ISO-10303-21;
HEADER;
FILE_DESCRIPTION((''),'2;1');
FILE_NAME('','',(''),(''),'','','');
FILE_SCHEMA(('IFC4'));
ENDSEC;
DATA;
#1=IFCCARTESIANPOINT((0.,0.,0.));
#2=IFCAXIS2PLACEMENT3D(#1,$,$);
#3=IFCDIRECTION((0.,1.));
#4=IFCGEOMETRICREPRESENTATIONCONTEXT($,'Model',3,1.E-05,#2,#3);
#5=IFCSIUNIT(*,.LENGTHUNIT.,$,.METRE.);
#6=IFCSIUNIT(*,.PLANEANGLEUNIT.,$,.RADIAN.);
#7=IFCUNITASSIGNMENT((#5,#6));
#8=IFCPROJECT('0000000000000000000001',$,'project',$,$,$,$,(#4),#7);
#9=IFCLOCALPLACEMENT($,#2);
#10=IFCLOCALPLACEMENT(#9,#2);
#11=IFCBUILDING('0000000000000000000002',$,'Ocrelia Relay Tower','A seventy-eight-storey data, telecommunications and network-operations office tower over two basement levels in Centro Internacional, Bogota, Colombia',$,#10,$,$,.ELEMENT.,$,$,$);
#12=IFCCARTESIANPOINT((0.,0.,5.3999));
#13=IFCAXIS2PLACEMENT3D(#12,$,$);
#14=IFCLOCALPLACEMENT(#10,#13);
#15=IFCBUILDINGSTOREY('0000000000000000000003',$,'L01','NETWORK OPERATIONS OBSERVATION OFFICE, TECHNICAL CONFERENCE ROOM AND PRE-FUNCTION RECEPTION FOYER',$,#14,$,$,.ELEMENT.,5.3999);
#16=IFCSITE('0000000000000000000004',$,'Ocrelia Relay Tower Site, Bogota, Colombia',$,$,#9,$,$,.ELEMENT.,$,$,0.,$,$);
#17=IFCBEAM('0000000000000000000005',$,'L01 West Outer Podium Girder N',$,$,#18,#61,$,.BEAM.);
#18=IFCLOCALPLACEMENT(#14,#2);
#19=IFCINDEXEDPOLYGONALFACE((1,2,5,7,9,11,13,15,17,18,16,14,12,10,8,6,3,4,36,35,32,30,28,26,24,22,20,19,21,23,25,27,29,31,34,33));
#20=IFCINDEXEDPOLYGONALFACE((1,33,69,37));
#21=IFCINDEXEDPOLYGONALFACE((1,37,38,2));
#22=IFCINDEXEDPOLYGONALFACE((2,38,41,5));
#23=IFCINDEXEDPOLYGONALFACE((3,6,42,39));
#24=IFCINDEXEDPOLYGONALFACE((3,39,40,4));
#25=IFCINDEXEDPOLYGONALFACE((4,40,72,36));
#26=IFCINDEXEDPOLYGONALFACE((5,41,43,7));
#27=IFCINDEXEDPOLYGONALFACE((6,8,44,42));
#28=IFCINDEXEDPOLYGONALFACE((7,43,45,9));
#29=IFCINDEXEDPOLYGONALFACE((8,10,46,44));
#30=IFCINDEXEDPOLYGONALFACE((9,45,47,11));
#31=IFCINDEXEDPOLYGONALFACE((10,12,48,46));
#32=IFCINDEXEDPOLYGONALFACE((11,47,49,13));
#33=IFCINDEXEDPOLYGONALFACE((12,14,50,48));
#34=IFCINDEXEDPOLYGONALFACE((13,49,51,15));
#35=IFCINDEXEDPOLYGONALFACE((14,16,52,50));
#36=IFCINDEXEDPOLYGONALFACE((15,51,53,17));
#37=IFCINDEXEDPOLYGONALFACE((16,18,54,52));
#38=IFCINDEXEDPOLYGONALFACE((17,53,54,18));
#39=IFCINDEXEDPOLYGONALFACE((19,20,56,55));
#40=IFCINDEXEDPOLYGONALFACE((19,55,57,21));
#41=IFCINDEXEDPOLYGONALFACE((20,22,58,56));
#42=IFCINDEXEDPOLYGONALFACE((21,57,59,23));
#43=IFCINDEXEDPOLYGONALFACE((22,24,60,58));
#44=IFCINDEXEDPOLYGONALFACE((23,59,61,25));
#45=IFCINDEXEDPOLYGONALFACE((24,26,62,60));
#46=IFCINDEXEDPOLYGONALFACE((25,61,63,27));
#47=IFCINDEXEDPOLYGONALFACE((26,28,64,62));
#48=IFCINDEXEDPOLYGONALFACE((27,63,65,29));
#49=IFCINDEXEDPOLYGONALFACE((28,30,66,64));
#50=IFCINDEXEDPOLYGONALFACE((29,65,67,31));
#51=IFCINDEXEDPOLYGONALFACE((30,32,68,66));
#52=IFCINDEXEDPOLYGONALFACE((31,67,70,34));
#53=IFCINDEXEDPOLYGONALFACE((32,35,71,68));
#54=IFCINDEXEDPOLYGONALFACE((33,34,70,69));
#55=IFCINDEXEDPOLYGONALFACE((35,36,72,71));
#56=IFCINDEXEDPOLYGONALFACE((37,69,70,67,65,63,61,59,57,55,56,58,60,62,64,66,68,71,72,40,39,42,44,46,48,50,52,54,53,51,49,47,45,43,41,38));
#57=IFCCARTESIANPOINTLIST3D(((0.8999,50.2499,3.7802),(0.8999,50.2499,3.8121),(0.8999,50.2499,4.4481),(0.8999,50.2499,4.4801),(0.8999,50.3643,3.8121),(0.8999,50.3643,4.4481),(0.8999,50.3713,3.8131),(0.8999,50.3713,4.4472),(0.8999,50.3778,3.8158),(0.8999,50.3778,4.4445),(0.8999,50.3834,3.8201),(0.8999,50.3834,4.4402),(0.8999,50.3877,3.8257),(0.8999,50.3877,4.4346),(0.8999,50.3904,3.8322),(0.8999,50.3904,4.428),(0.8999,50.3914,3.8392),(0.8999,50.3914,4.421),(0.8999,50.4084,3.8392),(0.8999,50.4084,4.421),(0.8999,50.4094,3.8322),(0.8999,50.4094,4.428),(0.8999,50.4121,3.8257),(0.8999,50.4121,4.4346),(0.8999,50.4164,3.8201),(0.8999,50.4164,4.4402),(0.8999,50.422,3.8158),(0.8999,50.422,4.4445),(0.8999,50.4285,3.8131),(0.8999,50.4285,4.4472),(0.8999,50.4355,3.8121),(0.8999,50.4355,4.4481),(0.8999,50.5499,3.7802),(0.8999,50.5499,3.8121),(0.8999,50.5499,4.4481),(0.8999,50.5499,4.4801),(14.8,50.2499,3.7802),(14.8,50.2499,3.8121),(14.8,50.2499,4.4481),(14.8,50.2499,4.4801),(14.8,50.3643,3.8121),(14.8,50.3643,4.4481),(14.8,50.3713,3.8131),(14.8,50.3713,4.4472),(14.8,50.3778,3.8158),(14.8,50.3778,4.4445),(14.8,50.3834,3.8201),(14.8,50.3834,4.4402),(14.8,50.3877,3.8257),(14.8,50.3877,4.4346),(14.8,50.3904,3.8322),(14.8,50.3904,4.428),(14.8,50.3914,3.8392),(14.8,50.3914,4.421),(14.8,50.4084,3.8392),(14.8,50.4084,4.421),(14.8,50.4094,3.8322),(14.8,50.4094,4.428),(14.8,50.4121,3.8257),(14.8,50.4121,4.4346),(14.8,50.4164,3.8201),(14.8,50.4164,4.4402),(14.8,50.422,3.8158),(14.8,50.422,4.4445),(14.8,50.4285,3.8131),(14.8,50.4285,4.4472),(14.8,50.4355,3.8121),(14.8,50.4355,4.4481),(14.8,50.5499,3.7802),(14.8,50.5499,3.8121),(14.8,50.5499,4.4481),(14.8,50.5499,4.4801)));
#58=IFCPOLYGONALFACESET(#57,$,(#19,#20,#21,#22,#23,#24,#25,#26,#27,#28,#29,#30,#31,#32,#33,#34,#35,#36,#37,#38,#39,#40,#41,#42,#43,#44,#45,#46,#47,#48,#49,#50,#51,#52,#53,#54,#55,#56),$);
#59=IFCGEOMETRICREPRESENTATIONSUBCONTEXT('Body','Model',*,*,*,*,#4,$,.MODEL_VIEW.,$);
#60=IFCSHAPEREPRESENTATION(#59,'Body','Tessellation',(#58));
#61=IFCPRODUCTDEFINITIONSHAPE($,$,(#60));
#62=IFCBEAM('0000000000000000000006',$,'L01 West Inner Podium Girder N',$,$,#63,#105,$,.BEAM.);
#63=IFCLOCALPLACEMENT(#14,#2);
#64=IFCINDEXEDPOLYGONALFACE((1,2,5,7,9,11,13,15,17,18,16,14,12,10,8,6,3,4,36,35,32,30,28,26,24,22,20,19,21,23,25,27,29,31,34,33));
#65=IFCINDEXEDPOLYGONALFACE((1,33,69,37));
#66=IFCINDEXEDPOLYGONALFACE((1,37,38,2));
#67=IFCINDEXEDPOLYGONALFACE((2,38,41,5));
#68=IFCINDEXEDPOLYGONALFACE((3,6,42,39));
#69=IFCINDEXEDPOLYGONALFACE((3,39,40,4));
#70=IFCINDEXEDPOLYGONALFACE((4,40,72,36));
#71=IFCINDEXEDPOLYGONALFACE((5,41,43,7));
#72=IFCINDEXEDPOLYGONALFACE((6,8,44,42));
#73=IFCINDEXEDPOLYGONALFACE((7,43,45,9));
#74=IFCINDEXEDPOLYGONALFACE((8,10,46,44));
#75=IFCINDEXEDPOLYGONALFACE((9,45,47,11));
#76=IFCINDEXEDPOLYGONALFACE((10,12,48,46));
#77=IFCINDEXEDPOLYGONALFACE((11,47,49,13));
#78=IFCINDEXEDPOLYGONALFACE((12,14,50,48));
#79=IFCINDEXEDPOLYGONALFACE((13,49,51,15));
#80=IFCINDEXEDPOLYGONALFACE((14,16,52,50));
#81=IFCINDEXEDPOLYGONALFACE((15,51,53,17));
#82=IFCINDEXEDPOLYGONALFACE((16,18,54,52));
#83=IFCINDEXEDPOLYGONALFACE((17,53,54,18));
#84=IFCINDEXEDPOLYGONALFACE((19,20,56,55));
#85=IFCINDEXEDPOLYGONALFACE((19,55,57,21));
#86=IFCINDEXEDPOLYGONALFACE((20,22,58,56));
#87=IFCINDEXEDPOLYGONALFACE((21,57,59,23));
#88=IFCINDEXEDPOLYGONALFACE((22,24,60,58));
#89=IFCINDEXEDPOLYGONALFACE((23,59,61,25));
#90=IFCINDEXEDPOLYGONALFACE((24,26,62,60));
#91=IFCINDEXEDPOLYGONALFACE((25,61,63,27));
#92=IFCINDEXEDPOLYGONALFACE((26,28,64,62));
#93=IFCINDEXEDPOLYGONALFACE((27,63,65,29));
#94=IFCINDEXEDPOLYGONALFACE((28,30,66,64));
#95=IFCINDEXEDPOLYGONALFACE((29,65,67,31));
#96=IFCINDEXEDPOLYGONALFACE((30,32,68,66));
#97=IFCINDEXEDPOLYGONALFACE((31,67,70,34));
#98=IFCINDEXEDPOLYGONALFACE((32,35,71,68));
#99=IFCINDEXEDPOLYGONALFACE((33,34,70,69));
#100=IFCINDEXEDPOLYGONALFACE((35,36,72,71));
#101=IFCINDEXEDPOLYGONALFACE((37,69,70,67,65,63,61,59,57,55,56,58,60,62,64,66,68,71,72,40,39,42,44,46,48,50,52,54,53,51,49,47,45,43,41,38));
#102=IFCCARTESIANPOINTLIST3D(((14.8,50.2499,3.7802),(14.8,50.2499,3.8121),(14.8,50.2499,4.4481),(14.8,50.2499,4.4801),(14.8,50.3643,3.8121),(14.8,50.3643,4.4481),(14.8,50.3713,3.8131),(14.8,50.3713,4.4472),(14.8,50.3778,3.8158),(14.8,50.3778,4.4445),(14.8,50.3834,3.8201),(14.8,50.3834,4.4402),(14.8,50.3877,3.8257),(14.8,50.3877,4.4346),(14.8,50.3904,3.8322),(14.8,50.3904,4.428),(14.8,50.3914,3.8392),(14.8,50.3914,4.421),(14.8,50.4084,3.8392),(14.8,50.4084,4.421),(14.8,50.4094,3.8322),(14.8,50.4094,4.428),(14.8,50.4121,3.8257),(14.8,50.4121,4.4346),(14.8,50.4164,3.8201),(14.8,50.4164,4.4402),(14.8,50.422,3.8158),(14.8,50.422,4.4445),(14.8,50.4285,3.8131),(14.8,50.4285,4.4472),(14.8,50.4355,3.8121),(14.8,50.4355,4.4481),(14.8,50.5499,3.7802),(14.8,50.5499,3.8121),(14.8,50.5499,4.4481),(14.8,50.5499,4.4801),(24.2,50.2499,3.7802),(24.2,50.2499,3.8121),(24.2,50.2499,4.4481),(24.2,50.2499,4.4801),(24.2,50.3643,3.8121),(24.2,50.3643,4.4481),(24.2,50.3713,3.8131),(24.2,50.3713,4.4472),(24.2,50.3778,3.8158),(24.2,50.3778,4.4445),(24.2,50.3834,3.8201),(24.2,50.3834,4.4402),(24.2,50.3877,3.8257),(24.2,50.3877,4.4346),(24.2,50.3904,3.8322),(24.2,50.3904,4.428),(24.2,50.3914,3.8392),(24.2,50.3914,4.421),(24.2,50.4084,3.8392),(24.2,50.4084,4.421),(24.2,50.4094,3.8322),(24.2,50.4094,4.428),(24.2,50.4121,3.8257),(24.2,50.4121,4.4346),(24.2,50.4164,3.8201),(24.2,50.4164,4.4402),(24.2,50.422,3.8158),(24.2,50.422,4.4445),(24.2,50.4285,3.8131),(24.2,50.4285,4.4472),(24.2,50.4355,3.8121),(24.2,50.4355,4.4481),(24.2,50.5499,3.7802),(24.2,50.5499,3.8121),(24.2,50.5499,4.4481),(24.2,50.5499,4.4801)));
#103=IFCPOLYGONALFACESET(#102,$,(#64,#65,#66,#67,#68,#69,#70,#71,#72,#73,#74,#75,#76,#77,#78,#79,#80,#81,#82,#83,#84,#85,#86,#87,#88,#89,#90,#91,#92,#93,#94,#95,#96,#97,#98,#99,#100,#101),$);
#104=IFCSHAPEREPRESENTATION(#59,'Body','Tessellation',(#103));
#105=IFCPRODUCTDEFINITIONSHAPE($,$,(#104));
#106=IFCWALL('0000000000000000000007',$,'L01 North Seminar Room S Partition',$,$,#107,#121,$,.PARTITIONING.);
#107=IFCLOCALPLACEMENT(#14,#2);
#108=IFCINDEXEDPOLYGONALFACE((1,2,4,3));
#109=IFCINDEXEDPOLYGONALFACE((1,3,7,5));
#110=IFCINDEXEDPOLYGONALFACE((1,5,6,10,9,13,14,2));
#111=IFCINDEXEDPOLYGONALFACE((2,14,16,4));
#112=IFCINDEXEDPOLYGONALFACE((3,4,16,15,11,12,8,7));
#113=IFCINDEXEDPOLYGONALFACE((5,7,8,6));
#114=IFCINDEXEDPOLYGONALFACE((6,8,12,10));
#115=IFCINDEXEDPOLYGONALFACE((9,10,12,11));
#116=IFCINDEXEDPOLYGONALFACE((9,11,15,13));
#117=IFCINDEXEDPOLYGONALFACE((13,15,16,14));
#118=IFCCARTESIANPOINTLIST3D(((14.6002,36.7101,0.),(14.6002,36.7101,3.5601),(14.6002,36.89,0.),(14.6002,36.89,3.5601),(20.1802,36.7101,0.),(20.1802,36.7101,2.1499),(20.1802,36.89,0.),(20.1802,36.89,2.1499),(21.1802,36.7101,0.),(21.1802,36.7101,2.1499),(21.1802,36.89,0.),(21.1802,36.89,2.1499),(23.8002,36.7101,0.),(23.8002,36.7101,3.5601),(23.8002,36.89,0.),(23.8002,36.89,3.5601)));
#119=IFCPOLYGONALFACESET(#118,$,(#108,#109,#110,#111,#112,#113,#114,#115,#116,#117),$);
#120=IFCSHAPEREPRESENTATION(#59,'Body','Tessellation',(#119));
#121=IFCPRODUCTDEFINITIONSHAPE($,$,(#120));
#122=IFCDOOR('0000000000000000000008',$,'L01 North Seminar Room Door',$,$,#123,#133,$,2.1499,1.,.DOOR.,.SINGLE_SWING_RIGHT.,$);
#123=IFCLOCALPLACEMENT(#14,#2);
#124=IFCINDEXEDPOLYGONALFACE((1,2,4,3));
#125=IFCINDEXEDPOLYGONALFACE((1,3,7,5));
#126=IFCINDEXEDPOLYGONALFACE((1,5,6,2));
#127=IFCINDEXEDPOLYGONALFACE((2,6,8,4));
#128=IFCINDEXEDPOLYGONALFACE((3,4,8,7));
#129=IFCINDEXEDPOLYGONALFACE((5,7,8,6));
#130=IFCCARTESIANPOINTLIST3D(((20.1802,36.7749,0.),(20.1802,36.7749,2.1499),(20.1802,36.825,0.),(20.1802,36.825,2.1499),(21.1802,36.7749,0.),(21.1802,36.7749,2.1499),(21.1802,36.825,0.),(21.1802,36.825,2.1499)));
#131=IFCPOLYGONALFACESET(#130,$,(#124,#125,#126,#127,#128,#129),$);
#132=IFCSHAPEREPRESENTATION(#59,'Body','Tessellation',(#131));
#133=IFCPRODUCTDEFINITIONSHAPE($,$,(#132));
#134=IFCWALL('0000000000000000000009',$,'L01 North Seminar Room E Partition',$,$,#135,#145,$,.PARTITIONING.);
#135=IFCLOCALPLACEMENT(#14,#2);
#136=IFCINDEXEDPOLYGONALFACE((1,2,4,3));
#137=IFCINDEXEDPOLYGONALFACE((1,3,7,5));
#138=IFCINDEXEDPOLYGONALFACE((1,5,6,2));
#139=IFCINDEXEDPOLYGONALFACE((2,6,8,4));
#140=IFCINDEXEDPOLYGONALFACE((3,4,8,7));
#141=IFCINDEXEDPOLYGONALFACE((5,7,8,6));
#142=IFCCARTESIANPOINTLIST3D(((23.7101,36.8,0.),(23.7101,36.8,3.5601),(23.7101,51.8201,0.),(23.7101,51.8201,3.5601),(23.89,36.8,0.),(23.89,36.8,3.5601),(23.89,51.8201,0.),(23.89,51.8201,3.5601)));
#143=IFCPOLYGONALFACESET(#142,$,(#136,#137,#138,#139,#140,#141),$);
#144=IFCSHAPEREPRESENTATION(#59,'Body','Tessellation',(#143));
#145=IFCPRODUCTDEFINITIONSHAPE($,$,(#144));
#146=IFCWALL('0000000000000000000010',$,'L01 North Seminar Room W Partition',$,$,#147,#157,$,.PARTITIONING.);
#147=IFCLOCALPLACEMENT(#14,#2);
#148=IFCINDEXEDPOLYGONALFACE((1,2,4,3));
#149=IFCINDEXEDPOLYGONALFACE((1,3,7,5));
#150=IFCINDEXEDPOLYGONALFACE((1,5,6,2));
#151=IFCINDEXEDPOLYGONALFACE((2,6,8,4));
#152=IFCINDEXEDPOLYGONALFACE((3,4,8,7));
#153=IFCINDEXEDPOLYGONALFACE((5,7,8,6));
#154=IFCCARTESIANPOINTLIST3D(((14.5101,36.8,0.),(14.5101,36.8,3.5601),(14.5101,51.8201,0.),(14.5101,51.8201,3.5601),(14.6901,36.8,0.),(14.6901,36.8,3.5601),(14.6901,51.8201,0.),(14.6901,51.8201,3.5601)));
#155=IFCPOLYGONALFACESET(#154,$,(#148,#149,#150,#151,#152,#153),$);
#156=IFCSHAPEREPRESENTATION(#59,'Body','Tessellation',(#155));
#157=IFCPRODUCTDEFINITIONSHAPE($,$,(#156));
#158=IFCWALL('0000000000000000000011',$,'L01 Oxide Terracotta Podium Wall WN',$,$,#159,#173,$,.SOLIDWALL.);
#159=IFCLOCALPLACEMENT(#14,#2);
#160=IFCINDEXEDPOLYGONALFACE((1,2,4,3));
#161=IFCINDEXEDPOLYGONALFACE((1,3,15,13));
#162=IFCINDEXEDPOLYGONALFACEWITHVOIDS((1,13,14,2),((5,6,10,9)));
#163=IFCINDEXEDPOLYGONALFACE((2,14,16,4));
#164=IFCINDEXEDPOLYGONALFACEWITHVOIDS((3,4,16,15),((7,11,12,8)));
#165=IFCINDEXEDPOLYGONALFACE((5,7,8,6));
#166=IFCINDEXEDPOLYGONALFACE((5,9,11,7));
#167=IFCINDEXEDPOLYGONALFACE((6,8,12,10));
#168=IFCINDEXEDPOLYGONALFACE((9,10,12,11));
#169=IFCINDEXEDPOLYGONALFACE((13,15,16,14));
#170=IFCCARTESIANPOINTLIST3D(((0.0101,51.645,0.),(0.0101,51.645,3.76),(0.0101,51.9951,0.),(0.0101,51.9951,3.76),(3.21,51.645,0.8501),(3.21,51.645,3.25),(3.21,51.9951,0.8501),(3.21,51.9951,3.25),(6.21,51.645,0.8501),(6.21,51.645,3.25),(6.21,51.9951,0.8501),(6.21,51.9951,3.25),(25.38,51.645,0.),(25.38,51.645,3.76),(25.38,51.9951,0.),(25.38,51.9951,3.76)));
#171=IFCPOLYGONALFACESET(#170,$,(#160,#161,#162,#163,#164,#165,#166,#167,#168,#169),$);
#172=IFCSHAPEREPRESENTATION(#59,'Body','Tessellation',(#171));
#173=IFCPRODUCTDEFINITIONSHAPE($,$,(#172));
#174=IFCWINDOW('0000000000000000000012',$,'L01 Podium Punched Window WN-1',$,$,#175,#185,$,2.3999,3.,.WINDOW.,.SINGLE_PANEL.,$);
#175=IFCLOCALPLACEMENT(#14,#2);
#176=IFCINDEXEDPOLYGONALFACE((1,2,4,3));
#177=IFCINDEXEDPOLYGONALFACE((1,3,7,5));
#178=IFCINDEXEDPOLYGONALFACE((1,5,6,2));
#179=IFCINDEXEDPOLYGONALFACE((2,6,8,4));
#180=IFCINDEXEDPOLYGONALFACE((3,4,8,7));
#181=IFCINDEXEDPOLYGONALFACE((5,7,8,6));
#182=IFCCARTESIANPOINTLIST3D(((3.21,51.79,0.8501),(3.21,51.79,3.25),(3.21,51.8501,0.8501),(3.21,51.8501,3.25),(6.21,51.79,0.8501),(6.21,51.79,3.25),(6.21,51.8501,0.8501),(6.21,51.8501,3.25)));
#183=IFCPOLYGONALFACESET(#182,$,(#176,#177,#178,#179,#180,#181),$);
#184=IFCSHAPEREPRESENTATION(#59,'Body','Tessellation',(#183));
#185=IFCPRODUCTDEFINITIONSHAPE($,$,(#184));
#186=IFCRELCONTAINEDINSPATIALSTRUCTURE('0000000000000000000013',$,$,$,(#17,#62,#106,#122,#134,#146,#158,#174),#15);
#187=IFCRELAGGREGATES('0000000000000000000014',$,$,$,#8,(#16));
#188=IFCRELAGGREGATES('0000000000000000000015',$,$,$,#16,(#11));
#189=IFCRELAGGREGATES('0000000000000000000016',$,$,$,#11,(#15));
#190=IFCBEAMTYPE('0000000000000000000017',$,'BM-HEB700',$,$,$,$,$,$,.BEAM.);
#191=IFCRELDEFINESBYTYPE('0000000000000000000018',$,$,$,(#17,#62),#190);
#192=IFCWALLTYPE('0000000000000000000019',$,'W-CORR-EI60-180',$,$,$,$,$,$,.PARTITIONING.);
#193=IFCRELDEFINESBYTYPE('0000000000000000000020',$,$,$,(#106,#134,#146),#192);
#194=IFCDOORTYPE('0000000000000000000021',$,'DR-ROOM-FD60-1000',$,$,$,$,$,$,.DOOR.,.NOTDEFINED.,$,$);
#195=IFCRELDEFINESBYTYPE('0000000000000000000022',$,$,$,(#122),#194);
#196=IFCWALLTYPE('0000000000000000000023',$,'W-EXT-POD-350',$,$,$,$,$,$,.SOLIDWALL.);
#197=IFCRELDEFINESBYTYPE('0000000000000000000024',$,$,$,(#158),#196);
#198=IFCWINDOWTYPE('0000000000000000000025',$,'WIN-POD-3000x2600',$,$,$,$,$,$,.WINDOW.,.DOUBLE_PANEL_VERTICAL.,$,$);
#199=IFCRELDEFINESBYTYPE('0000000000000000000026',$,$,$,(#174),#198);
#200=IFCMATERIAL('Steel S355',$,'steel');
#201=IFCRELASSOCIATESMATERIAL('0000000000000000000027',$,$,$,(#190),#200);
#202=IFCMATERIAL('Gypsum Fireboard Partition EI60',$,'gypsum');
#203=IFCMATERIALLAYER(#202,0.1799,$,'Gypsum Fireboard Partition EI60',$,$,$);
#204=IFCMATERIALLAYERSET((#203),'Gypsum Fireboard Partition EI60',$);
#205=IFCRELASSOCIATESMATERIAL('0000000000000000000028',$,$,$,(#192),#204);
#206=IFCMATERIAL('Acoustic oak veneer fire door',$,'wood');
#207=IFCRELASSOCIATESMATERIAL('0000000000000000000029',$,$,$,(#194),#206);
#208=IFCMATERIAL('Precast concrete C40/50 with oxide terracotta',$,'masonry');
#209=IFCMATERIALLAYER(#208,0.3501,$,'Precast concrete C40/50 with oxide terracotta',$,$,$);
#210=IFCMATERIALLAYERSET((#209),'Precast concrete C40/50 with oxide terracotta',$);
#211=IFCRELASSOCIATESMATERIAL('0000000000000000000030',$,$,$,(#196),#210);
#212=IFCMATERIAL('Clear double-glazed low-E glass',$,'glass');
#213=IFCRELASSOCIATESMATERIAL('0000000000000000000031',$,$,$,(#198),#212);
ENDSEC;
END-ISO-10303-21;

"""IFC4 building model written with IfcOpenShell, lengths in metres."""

from ifc_helpers import new_model, si_unit, direction, frame, frame_2d, origin, origin_2d, place, context, subcontext, project, spatial, rectangle, i_section, extrude, material, layer, layer_set, material_profile, profile_set, type_object, element, fill, save


model = new_model("IFC4")

# Units and contexts
model_context = context("Model", 3, precision=1e-05, world=origin(), true_north=direction((0.0, 1.0)))
body_context = subcontext(model_context, "Body", "Model", "MODEL_VIEW")
ifc_project = project(units=[si_unit("LENGTHUNIT", "METRE"), si_unit("PLANEANGLEUNIT", "RADIAN")], contexts=[model_context])

# Site, building, storey
site_placement = place(None, origin())
site = spatial("IfcSite", under=ifc_project, at=site_placement, Name="Ocrelia Relay Tower Site, Bogota, Colombia", CompositionType="ELEMENT", RefElevation=0.0)
building_placement = place(site_placement, origin())
building = spatial("IfcBuilding", under=site, at=building_placement, Name="Ocrelia Relay Tower", Description="A seventy-eight-storey data, telecommunications and network-operations office tower over two basement levels in Centro Internacional, Bogota, Colombia", CompositionType="ELEMENT")
storey_placement = place(building_placement, frame((0.0, 0.0, 5.3999)))
storey = spatial("IfcBuildingStorey", under=building, at=storey_placement, Name="L01", Description="NETWORK OPERATIONS OBSERVATION OFFICE, TECHNICAL CONFERENCE ROOM AND PRE-FUNCTION RECEPTION FOYER", CompositionType="ELEMENT", Elevation=5.3999)

# Beams
ifc_material_1 = material(Name="Steel S355", Category="steel")
ifc_material_profile_1 = material_profile(ifc_material_1, i_section(OverallWidth=0.3, OverallDepth=0.7, WebThickness=0.0171, FlangeThickness=0.032, FilletRadius=0.0271, at=origin_2d()), Name="HEB 700")
ifc_profile_set_1 = profile_set([ifc_material_profile_1], Name="Steel S355")
beam_type_1 = type_object("IfcBeamType", Name="BM-HEB700", PredefinedType="BEAM", material=ifc_profile_set_1)
beam_1_placement = place(storey_placement, frame((0.8999, 50.3999, 4.1301), z_axis=(1.0, 0.0, 0.0), x_axis=(0.0, 1.0, 0.0)))
element("IfcBeam", 1, at=beam_1_placement, inside=storey, type_object=beam_type_1, Name="L01 West Outer Podium Girder N", PredefinedType="BEAM", context=body_context, shape_type="SweptSolid", body=[
    extrude(i_section(OverallWidth=0.3, OverallDepth=0.7, WebThickness=0.0171, FlangeThickness=0.032, FilletRadius=0.0271, at=origin_2d()), origin(), (0.0, 0.0, 1.0), 13.9001),
])
beam_2_placement = place(storey_placement, frame((14.8, 50.3999, 4.1301), z_axis=(1.0, 0.0, 0.0), x_axis=(0.0, 1.0, 0.0)))
element("IfcBeam", 2, at=beam_2_placement, inside=storey, type_object=beam_type_1, Name="L01 West Inner Podium Girder N", PredefinedType="BEAM", context=body_context, shape_type="SweptSolid", body=[
    extrude(i_section(OverallWidth=0.3, OverallDepth=0.7, WebThickness=0.0171, FlangeThickness=0.032, FilletRadius=0.0271, at=origin_2d()), origin(), (0.0, 0.0, 1.0), 9.3999),
])

# Wall, opening, door
ifc_material_2 = material(Name="Gypsum Fireboard Partition EI60", Category="gypsum")
ifc_layer_1 = layer(ifc_material_2, 0.1799, Name="Gypsum Fireboard Partition EI60")
ifc_layer_set_1 = layer_set([ifc_layer_1], Name="Gypsum Fireboard Partition EI60")
wall_type_1 = type_object("IfcWallType", Name="W-CORR-EI60-180", PredefinedType="PARTITIONING", material=ifc_layer_set_1)
wall_1_placement = place(storey_placement, frame((14.6001, 36.8, 0.0), z_axis=(0.0, 0.0, 1.0), x_axis=(1.0, 0.0, 0.0)))
wall_1 = element("IfcWall", 3, at=wall_1_placement, inside=storey, type_object=wall_type_1, Name="L01 North Seminar Room S Partition", PredefinedType="PARTITIONING", context=body_context, shape_type="SweptSolid", body=[
    extrude(rectangle(XDim=9.2, YDim=0.1799, at=frame_2d((4.6001, 0.0))), origin(), (0.0, 0.0, 1.0), 3.5601),
])
opening_1_placement = place(wall_1_placement, frame((5.5801, 0.0, 0.0)))
opening_1 = element("IfcOpeningElement", 4, at=opening_1_placement, cuts=wall_1, PredefinedType="OPENING", context=body_context, shape_type="SweptSolid", body=[
    extrude(rectangle(XDim=1.0, YDim=2.1499, at=frame_2d((0.5, 1.075))), frame((0.0, 0.1001, 0.0), z_axis=(0.0, -1.0, 0.0), x_axis=(1.0, 0.0, 0.0)), (0.0, 0.0, 1.0), 0.2),
])
ifc_material_3 = material(Name="Acoustic oak veneer fire door", Category="wood")
door_type = type_object("IfcDoorType", Name="DR-ROOM-FD60-1000", OperationType="NOTDEFINED", PredefinedType="DOOR", material=ifc_material_3)
door_placement = place(opening_1_placement, origin())
door = element("IfcDoor", 5, at=door_placement, inside=storey, type_object=door_type, Name="L01 North Seminar Room Door", OperationType="SINGLE_SWING_RIGHT", OverallHeight=2.1499, OverallWidth=1.0, PredefinedType="DOOR", context=body_context, shape_type="SweptSolid", body=[
    extrude(rectangle(XDim=1.0, YDim=2.1499, at=frame_2d((0.5, 1.075))), frame((0.0, 0.0249, 0.0), z_axis=(0.0, -1.0, 0.0), x_axis=(1.0, 0.0, 0.0)), (0.0, 0.0, 1.0), 0.05),
])
fill(opening_1, door)

# Walls
for number, where, z_axis, x_axis, name in (
    (6, (23.8, 36.8, 0.0), (0.0, 0.0, 1.0), (0.0, 1.0, 0.0), "L01 North Seminar Room E Partition"),
    (7, (14.6001, 51.8201, 0.0), (0.0, 0.0, 1.0), (0.0, -1.0, 0.0), "L01 North Seminar Room W Partition"),
):
    element("IfcWall", number, at=place(storey_placement, frame(where, z_axis=z_axis, x_axis=x_axis)), inside=storey, type_object=wall_type_1, Name=name, PredefinedType="PARTITIONING", context=body_context, shape_type="SweptSolid", body=[
        extrude(rectangle(XDim=15.02, YDim=0.1799, at=frame_2d((7.51, 0.0))), origin(), (0.0, 0.0, 1.0), 3.5601),
    ])

# Wall, opening, window
ifc_material_4 = material(Name="Precast concrete C40/50 with oxide terracotta", Category="masonry")
ifc_layer_2 = layer(ifc_material_4, 0.3501, Name="Precast concrete C40/50 with oxide terracotta")
ifc_layer_set_2 = layer_set([ifc_layer_2], Name="Precast concrete C40/50 with oxide terracotta")
wall_type_2 = type_object("IfcWallType", Name="W-EXT-POD-350", PredefinedType="SOLIDWALL", material=ifc_layer_set_2)
wall_2_placement = place(storey_placement, frame((0.01, 51.8201, 0.0), z_axis=(0.0, 0.0, 1.0), x_axis=(1.0, 0.0, 0.0)))
wall_2 = element("IfcWall", 8, at=wall_2_placement, inside=storey, type_object=wall_type_2, Name="L01 Oxide Terracotta Podium Wall WN", PredefinedType="SOLIDWALL", context=body_context, shape_type="SweptSolid", body=[
    extrude(rectangle(XDim=25.3699, YDim=0.3501, at=frame_2d((12.6851, 0.0))), origin(), (0.0, 0.0, 1.0), 3.76),
])
opening_2_placement = place(wall_2_placement, frame((3.2, 0.0, 0.8501)))
opening_2 = element("IfcOpeningElement", 9, at=opening_2_placement, cuts=wall_2, PredefinedType="OPENING", context=body_context, shape_type="SweptSolid", body=[
    extrude(rectangle(XDim=3.0, YDim=2.3999, at=frame_2d((1.5, 1.2))), frame((0.0, 0.1851, 0.0), z_axis=(0.0, -1.0, 0.0), x_axis=(1.0, 0.0, 0.0)), (0.0, 0.0, 1.0), 0.3701),
])
ifc_material_5 = material(Name="Clear double-glazed low-E glass", Category="glass")
window_type = type_object("IfcWindowType", Name="WIN-POD-3000x2600", PartitioningType="DOUBLE_PANEL_VERTICAL", PredefinedType="WINDOW", material=ifc_material_5)
window_placement = place(opening_2_placement, origin())
window = element("IfcWindow", 10, at=window_placement, inside=storey, type_object=window_type, Name="L01 Podium Punched Window WN-1", OverallHeight=2.3999, OverallWidth=3.0, PartitioningType="SINGLE_PANEL", PredefinedType="WINDOW", context=body_context, shape_type="SweptSolid", body=[
    extrude(rectangle(XDim=3.0, YDim=2.3999, at=frame_2d((1.5, 1.2))), frame((0.0, 0.03, 0.0), z_axis=(0.0, -1.0, 0.0), x_axis=(1.0, 0.0, 0.0)), (0.0, 0.0, 1.0), 0.0601),
])
fill(opening_2, window)

save(model, "model.ifc")
